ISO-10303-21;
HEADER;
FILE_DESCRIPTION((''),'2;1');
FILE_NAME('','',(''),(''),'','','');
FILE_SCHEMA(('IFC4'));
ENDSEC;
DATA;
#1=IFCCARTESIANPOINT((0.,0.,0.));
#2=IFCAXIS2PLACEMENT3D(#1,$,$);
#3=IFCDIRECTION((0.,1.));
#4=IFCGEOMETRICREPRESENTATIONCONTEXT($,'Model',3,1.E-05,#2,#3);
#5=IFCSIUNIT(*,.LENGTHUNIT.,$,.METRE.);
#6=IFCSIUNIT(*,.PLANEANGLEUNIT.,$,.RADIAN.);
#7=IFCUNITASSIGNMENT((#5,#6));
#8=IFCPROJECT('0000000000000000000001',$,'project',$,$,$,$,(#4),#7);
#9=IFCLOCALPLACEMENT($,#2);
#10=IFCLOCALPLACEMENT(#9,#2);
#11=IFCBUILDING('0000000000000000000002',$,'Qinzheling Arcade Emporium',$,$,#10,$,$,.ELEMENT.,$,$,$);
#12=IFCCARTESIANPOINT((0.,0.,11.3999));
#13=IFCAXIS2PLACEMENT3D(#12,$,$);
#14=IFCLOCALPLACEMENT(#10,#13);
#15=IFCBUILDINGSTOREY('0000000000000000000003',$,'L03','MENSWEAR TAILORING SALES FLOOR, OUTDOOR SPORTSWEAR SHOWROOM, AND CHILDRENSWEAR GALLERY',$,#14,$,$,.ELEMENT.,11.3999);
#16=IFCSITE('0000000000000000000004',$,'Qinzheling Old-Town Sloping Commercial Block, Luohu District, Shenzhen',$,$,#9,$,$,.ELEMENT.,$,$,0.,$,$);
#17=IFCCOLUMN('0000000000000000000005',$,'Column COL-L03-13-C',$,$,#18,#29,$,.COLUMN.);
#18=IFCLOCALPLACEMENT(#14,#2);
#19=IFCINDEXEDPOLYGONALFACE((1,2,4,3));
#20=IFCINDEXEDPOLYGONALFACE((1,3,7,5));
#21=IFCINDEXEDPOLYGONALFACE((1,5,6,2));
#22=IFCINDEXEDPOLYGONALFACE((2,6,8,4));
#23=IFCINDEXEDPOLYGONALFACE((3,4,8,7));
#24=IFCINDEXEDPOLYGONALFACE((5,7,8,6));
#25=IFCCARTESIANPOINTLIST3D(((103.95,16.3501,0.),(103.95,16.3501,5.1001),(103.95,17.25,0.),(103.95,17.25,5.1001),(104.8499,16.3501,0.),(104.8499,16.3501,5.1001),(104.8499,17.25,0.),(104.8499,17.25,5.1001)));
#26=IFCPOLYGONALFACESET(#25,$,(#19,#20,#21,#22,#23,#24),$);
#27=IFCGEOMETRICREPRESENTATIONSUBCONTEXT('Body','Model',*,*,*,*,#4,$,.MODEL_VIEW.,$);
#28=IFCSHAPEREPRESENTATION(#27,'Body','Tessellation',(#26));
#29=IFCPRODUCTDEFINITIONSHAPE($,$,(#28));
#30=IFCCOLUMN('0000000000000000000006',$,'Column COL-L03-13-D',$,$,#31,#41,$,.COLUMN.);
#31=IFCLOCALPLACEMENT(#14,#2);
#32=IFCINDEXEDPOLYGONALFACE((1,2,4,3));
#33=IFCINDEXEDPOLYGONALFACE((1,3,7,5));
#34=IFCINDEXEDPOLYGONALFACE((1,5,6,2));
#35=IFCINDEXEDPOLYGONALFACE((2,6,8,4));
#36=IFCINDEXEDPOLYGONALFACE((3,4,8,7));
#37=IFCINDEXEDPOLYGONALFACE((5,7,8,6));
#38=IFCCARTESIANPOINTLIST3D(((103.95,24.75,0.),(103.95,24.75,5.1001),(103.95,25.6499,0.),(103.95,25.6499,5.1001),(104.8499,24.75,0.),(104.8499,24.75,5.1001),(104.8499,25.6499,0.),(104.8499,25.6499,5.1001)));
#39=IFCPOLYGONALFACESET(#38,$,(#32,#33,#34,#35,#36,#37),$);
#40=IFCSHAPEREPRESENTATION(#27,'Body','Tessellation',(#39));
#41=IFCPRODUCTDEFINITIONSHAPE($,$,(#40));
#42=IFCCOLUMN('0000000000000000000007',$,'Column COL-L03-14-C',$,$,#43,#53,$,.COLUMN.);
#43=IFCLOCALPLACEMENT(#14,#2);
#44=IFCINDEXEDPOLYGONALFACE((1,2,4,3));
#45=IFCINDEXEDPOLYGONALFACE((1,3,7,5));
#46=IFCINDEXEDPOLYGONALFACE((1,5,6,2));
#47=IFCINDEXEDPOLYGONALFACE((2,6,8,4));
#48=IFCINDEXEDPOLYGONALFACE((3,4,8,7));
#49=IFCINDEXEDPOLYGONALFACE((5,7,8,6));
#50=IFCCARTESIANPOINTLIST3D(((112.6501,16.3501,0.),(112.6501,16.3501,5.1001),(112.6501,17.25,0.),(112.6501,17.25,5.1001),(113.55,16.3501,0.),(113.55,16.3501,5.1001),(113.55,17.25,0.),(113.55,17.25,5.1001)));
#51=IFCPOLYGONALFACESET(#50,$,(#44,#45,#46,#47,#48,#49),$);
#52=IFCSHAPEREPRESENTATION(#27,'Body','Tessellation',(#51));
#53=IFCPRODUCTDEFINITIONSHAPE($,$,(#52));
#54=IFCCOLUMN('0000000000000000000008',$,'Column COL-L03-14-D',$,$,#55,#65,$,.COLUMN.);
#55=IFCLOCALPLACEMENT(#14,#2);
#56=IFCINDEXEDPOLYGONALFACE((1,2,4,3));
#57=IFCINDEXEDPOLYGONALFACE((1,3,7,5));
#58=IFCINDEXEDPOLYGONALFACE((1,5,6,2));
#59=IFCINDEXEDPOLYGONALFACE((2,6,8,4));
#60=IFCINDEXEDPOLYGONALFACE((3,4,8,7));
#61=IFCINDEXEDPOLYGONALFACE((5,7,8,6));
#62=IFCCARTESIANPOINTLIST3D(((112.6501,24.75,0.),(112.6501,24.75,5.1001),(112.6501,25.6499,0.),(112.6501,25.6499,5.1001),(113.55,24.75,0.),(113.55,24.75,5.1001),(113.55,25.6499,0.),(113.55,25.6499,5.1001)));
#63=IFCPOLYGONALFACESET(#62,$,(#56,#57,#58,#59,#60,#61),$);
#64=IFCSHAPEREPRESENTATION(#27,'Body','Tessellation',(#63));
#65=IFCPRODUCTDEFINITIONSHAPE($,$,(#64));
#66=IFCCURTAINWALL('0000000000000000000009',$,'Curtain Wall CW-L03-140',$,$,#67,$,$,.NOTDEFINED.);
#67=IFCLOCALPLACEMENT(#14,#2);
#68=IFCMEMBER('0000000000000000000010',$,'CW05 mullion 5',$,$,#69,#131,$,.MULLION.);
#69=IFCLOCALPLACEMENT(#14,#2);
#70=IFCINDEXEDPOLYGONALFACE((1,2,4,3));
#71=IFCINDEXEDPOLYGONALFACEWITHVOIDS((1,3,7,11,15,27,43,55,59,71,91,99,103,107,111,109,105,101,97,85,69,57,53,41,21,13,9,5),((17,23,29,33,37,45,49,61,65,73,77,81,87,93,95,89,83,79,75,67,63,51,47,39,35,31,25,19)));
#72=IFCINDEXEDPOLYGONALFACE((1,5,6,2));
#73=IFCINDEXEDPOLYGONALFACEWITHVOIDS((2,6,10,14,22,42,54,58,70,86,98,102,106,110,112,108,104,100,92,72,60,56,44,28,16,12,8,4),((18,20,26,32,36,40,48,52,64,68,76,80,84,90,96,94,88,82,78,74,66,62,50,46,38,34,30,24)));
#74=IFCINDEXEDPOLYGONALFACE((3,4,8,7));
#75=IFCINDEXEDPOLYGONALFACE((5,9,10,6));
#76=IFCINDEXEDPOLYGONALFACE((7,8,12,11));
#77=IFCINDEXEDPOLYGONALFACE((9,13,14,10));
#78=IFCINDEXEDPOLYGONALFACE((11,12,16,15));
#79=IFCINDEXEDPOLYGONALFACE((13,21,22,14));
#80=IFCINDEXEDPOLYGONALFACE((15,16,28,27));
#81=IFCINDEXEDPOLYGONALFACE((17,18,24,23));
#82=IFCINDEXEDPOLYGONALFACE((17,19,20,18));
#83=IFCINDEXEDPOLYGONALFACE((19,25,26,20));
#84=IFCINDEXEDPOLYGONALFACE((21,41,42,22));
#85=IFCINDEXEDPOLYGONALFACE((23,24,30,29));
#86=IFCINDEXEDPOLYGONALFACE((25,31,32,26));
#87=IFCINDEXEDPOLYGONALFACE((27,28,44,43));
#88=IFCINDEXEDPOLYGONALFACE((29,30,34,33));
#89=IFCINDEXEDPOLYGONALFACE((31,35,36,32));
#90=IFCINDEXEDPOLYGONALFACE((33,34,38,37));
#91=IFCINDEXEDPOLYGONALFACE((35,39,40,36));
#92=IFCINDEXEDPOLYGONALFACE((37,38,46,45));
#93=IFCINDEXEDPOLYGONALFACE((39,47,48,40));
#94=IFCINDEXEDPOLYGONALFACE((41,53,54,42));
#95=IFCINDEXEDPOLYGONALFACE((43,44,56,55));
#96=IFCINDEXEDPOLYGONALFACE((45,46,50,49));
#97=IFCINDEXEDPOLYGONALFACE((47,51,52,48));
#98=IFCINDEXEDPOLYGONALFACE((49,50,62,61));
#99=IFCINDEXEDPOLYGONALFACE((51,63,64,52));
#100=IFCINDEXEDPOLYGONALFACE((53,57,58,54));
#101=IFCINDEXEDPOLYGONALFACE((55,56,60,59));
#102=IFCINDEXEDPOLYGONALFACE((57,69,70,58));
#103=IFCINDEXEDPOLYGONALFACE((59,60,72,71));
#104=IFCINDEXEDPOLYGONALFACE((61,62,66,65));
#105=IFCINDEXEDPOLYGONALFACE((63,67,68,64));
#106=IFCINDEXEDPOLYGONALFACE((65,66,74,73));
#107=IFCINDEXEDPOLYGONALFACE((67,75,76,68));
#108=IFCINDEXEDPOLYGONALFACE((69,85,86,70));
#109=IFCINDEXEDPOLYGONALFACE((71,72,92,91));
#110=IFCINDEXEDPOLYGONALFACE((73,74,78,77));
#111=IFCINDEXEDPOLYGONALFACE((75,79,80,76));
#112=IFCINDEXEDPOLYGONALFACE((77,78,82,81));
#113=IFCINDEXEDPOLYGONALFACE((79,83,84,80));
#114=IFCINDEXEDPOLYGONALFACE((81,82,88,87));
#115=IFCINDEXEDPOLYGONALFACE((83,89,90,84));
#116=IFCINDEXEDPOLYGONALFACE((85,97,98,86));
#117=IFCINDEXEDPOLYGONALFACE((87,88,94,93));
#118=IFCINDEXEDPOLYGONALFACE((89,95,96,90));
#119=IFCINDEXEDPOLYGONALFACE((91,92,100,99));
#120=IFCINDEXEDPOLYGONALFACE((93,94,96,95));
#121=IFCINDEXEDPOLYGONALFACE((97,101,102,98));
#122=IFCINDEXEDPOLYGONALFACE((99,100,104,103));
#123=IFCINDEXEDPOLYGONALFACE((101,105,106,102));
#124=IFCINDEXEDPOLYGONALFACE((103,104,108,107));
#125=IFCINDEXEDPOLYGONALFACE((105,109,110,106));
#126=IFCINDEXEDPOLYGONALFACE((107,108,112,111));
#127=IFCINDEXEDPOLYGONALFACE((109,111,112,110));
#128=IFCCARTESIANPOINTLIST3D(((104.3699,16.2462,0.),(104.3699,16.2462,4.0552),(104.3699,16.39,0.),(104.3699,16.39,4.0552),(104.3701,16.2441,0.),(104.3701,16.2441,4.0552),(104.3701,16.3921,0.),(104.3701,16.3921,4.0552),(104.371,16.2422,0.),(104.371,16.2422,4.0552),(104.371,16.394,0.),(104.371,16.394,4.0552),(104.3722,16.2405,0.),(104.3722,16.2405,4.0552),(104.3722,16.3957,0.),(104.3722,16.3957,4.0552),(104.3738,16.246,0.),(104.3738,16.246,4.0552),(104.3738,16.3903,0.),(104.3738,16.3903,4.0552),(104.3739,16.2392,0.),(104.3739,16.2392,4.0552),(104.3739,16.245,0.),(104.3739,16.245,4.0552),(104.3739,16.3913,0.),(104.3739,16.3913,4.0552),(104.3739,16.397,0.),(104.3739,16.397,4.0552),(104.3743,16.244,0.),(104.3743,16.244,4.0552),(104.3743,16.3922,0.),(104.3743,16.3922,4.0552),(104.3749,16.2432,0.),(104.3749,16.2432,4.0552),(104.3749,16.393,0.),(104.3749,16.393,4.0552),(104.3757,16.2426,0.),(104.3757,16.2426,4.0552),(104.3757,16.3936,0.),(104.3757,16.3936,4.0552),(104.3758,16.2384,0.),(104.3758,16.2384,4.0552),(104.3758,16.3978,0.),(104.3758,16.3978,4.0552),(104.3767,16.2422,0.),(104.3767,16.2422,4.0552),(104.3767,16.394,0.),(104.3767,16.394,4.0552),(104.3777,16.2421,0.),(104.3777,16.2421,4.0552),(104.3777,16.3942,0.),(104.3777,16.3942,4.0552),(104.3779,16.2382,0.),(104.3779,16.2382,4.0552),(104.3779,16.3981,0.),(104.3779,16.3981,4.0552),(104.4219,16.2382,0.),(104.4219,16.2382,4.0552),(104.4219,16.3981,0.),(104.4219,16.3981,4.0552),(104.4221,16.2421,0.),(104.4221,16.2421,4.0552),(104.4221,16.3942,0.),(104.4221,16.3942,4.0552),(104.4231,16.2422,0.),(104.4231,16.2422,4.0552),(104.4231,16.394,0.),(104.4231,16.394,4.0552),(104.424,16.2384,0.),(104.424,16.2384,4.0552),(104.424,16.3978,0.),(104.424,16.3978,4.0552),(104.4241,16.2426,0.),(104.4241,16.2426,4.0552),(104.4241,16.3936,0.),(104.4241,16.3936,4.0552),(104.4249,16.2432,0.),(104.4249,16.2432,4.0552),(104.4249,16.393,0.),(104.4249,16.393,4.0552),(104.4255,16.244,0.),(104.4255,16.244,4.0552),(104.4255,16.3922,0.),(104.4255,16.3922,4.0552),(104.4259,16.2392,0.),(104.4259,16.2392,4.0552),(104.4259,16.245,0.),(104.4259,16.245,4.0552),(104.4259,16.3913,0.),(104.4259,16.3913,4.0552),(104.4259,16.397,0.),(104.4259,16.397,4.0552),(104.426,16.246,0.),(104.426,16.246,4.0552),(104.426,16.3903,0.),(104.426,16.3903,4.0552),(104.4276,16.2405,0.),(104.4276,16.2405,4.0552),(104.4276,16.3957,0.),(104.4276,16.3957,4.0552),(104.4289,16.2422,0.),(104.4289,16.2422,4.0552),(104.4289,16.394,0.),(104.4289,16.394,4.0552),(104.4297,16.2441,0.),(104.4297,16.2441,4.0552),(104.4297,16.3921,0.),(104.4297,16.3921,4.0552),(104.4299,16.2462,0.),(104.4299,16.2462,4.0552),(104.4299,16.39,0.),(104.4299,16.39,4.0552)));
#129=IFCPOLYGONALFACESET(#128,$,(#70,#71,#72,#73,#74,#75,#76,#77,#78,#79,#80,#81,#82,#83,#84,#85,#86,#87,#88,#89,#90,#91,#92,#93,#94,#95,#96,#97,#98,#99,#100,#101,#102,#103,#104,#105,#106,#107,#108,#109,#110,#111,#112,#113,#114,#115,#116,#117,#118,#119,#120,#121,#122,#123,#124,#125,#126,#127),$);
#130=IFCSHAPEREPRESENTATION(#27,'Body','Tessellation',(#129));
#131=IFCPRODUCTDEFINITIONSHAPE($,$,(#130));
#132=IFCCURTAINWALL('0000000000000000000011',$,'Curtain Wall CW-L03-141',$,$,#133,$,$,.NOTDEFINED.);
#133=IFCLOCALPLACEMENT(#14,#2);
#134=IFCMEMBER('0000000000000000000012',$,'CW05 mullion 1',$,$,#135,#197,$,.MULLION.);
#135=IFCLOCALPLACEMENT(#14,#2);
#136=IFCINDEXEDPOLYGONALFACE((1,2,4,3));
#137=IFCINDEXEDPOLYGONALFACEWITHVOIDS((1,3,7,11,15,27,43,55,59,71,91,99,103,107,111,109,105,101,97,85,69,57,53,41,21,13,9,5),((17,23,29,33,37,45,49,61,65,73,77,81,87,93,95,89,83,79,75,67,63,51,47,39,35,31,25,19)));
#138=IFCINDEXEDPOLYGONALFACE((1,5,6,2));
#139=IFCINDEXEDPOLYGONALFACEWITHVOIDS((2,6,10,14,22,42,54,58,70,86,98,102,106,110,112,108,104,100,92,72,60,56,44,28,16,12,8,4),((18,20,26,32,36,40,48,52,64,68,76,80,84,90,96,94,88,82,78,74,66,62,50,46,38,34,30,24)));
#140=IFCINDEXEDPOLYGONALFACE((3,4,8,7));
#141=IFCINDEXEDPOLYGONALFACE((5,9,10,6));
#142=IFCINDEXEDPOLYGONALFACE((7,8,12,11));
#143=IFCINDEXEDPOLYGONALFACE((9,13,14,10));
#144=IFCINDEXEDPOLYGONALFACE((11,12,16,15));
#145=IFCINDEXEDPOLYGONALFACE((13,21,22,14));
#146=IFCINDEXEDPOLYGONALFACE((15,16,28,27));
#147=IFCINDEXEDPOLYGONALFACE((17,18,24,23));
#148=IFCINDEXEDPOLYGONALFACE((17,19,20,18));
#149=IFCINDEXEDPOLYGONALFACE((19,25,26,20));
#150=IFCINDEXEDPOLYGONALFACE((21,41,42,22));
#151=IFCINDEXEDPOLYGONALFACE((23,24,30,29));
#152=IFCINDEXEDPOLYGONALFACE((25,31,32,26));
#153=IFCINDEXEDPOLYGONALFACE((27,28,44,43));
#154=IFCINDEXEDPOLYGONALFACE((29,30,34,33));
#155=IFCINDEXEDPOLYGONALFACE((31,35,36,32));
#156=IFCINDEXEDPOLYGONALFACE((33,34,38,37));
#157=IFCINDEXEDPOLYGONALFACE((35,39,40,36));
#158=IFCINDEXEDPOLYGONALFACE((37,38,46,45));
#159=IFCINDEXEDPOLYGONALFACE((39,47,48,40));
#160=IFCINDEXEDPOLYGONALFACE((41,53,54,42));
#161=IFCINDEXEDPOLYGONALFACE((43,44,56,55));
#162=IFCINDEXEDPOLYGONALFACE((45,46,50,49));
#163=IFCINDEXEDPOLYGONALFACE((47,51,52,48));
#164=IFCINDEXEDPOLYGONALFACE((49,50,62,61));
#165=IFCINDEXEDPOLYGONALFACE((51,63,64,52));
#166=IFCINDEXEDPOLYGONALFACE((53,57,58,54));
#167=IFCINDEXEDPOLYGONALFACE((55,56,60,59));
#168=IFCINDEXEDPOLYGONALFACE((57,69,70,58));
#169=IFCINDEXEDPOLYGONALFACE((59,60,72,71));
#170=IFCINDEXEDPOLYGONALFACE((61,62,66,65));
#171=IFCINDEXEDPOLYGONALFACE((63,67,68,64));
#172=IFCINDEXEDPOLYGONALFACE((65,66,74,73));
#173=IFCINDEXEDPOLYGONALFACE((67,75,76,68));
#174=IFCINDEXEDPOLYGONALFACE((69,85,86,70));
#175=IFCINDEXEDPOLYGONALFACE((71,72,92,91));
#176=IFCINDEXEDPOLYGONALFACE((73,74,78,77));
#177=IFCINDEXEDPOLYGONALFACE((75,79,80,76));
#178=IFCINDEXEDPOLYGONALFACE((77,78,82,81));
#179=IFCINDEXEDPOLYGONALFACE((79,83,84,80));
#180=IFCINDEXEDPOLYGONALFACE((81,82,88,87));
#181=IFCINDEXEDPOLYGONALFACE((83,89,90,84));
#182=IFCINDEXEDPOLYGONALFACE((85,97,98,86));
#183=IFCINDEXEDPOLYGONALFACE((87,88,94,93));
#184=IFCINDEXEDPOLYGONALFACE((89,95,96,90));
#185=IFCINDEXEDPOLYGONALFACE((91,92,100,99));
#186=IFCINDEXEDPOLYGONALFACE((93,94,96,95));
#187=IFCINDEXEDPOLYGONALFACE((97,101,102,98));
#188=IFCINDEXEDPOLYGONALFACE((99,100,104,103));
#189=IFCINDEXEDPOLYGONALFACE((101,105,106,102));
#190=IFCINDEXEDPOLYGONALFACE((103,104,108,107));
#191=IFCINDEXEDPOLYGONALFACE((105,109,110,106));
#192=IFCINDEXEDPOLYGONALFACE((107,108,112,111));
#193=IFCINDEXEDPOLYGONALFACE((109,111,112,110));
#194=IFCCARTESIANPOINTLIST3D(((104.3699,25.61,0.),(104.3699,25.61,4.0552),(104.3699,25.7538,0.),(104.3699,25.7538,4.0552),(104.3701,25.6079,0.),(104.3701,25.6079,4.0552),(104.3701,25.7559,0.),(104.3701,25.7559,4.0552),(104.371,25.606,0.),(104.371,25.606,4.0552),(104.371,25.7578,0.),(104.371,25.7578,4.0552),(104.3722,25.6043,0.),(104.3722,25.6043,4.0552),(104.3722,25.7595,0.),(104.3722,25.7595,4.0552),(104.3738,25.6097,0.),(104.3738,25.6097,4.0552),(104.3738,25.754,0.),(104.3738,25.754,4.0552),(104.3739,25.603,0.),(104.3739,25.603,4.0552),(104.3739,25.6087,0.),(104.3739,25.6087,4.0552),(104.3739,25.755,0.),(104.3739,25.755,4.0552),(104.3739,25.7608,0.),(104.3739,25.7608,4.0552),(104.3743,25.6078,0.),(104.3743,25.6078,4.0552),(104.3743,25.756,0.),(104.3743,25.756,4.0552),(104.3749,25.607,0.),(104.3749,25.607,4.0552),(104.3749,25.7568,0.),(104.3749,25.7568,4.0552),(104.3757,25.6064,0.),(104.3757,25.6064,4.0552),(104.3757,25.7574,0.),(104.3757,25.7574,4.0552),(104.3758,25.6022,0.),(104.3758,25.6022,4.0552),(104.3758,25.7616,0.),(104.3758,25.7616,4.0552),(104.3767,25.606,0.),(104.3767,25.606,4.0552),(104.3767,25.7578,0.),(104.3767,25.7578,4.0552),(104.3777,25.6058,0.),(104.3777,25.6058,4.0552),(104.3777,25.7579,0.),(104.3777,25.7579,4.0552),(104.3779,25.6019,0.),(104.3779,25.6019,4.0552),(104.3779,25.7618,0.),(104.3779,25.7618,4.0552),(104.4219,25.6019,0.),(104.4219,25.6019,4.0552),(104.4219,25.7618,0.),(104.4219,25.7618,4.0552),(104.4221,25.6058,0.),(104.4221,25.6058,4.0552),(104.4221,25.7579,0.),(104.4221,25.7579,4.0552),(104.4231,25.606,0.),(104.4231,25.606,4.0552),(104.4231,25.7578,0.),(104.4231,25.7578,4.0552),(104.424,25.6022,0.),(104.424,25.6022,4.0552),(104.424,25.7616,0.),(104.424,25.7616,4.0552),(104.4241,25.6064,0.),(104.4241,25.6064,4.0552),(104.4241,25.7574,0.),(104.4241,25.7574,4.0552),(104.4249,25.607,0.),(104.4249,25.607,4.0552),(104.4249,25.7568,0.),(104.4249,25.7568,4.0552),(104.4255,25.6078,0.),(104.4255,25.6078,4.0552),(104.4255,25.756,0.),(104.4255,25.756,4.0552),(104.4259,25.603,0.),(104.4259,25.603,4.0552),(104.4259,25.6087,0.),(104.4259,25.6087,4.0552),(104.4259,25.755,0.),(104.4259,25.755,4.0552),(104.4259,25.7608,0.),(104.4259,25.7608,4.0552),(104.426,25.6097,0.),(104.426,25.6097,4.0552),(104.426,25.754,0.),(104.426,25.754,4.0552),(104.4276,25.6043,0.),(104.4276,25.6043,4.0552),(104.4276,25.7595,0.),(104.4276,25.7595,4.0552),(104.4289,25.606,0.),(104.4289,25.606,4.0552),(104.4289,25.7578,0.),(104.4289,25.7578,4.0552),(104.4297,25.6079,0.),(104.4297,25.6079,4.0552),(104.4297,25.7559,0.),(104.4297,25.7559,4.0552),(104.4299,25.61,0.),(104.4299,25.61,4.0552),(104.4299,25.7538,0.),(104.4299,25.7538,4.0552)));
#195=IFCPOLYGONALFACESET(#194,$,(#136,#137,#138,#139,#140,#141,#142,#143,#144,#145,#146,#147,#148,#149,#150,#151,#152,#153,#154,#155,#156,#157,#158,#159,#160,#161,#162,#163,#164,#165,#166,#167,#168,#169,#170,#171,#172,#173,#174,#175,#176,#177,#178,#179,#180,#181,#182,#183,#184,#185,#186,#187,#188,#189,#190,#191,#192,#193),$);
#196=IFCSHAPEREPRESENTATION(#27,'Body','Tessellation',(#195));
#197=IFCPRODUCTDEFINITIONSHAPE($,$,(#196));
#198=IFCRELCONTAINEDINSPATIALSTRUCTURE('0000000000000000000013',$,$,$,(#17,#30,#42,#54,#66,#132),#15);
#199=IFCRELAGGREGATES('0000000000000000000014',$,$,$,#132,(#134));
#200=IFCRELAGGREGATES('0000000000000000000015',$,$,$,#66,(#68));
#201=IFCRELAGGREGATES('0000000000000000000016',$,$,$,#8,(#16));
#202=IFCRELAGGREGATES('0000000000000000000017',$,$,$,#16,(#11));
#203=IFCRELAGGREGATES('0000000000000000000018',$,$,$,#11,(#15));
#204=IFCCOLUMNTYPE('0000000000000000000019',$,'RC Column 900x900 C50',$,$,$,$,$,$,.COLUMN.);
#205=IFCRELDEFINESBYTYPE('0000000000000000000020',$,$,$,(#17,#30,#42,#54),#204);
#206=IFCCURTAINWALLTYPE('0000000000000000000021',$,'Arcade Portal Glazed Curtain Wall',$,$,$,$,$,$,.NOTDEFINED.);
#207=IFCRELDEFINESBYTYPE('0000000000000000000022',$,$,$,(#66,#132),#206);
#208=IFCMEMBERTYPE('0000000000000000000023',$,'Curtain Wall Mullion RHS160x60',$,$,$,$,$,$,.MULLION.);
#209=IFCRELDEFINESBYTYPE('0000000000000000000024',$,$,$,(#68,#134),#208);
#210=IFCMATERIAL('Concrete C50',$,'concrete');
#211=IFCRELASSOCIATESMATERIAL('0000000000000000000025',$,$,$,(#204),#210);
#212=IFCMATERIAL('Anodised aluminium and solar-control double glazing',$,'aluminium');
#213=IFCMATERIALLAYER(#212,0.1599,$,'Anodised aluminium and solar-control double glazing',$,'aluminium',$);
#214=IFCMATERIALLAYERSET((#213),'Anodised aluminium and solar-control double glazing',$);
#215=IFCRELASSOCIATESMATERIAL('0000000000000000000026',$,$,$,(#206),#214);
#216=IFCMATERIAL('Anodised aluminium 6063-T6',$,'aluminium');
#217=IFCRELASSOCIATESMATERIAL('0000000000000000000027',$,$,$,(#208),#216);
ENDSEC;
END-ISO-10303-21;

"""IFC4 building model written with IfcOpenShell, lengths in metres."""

from ifc_helpers import new_model, si_unit, direction, frame, origin, origin_2d, place, context, subcontext, project, spatial, rectangle, hollow_rectangle, extrude, material, layer, layer_set, material_profile, profile_set, type_object, element, aggregate, save


model = new_model("IFC4")

# Units and contexts
model_context = context("Model", 3, precision=1e-05, world=origin(), true_north=direction((0.0, 1.0)))
body_context = subcontext(model_context, "Body", "Model", "MODEL_VIEW")
ifc_project = project(units=[si_unit("LENGTHUNIT", "METRE"), si_unit("PLANEANGLEUNIT", "RADIAN")], contexts=[model_context])

# Site, building, storey
site_placement = place(None, origin())
site = spatial("IfcSite", under=ifc_project, at=site_placement, Name="Qinzheling Old-Town Sloping Commercial Block, Luohu District, Shenzhen", CompositionType="ELEMENT", RefElevation=0.0)
building_placement = place(site_placement, origin())
building = spatial("IfcBuilding", under=site, at=building_placement, Name="Qinzheling Arcade Emporium", CompositionType="ELEMENT")
storey_placement = place(building_placement, frame((0.0, 0.0, 11.3999)))
storey = spatial("IfcBuildingStorey", under=building, at=storey_placement, Name="L03", Description="MENSWEAR TAILORING SALES FLOOR, OUTDOOR SPORTSWEAR SHOWROOM, AND CHILDRENSWEAR GALLERY", CompositionType="ELEMENT", Elevation=11.3999)

# Columns
ifc_material_1 = material(Name="Concrete C50", Category="concrete")
ifc_material_profile_1 = material_profile(ifc_material_1, rectangle(XDim=0.8999, YDim=0.8999, at=origin_2d()), Name="RC 900x900", Category="concrete")
ifc_profile_set_1 = profile_set([ifc_material_profile_1], Name="Concrete C50")
column_type = type_object("IfcColumnType", Name="RC Column 900x900 C50", PredefinedType="COLUMN", material=ifc_profile_set_1)
for number, where, z_axis, x_axis, name in (
    (1, (104.3999, 16.8, 0.0), (0.0, 0.0, 1.0), (1.0, 0.0, 0.0), "Column COL-L03-13-C"),
    (2, (104.3999, 25.2, 0.0), (0.0, 0.0, 1.0), (1.0, 0.0, 0.0), "Column COL-L03-13-D"),
    (3, (113.1001, 16.8, 0.0), (0.0, 0.0, 1.0), (1.0, 0.0, 0.0), "Column COL-L03-14-C"),
    (4, (113.1001, 25.2, 0.0), (0.0, 0.0, 1.0), (1.0, 0.0, 0.0), "Column COL-L03-14-D"),
):
    element("IfcColumn", number, at=place(storey_placement, frame(where, z_axis=z_axis, x_axis=x_axis)), inside=storey, type_object=column_type, Name=name, PredefinedType="COLUMN", context=body_context, shape_type="SweptSolid", body=[
        extrude(rectangle(XDim=0.8999, YDim=0.8999, at=origin_2d()), origin(), (0.0, 0.0, 1.0), 5.1001),
    ])

# Curtain walls, members
ifc_material_2 = material(Name="Anodised aluminium and solar-control double glazing", Category="aluminium")
ifc_layer_1 = layer(ifc_material_2, 0.1599, Name="Anodised aluminium and solar-control double glazing", Category="aluminium")
ifc_layer_set_1 = layer_set([ifc_layer_1], Name="Anodised aluminium and solar-control double glazing")
curtain_wall_type = type_object("IfcCurtainWallType", Name="Arcade Portal Glazed Curtain Wall", PredefinedType="NOTDEFINED", material=ifc_layer_set_1)
curtain_wall_1_placement = place(storey_placement, origin())
curtain_wall_1 = element("IfcCurtainWall", 5, at=curtain_wall_1_placement, inside=storey, type_object=curtain_wall_type, Name="Curtain Wall CW-L03-140", PredefinedType="NOTDEFINED")
ifc_material_3 = material(Name="Anodised aluminium 6063-T6", Category="aluminium")
ifc_material_profile_2 = material_profile(ifc_material_3, hollow_rectangle(XDim=0.0601, YDim=0.1599, WallThickness=0.0039, InnerFilletRadius=0.0039, OuterFilletRadius=0.0081, at=origin_2d()), Name="RHS 160x60x4", Category="aluminium")
ifc_profile_set_2 = profile_set([ifc_material_profile_2], Name="Anodised aluminium 6063-T6")
member_type_1 = type_object("IfcMemberType", Name="Curtain Wall Mullion RHS160x60", PredefinedType="MULLION", material=ifc_profile_set_2)
member_1_placement = place(storey_placement, frame((104.3999, 16.3181, 0.0), z_axis=(0.0, 0.0, 1.0), x_axis=(-1.0, 0.0, 0.0)))
member_1 = element("IfcMember", 6, at=member_1_placement, type_object=member_type_1, Name="CW05 mullion 5", PredefinedType="MULLION", context=body_context, shape_type="SweptSolid", body=[
    extrude(hollow_rectangle(XDim=0.0601, YDim=0.1599, WallThickness=0.0039, InnerFilletRadius=0.0039, OuterFilletRadius=0.0081, at=origin_2d()), origin(), (0.0, 0.0, 1.0), 4.0552),
])
curtain_wall_2_placement = place(storey_placement, origin())
curtain_wall_2 = element("IfcCurtainWall", 7, at=curtain_wall_2_placement, inside=storey, type_object=curtain_wall_type, Name="Curtain Wall CW-L03-141", PredefinedType="NOTDEFINED")
member_2_placement = place(storey_placement, frame((104.3999, 25.6819, 0.0), z_axis=(0.0, 0.0, 1.0), x_axis=(-1.0, 0.0, 0.0)))
member_2 = element("IfcMember", 8, at=member_2_placement, type_object=member_type_1, Name="CW05 mullion 1", PredefinedType="MULLION", context=body_context, shape_type="SweptSolid", body=[
    extrude(hollow_rectangle(XDim=0.0601, YDim=0.1599, WallThickness=0.0039, InnerFilletRadius=0.0039, OuterFilletRadius=0.0081, at=origin_2d()), origin(), (0.0, 0.0, 1.0), 4.0552),
])
aggregate(curtain_wall_2, [member_2])

aggregate(curtain_wall_1, [member_1])

save(model, "model.ifc")
